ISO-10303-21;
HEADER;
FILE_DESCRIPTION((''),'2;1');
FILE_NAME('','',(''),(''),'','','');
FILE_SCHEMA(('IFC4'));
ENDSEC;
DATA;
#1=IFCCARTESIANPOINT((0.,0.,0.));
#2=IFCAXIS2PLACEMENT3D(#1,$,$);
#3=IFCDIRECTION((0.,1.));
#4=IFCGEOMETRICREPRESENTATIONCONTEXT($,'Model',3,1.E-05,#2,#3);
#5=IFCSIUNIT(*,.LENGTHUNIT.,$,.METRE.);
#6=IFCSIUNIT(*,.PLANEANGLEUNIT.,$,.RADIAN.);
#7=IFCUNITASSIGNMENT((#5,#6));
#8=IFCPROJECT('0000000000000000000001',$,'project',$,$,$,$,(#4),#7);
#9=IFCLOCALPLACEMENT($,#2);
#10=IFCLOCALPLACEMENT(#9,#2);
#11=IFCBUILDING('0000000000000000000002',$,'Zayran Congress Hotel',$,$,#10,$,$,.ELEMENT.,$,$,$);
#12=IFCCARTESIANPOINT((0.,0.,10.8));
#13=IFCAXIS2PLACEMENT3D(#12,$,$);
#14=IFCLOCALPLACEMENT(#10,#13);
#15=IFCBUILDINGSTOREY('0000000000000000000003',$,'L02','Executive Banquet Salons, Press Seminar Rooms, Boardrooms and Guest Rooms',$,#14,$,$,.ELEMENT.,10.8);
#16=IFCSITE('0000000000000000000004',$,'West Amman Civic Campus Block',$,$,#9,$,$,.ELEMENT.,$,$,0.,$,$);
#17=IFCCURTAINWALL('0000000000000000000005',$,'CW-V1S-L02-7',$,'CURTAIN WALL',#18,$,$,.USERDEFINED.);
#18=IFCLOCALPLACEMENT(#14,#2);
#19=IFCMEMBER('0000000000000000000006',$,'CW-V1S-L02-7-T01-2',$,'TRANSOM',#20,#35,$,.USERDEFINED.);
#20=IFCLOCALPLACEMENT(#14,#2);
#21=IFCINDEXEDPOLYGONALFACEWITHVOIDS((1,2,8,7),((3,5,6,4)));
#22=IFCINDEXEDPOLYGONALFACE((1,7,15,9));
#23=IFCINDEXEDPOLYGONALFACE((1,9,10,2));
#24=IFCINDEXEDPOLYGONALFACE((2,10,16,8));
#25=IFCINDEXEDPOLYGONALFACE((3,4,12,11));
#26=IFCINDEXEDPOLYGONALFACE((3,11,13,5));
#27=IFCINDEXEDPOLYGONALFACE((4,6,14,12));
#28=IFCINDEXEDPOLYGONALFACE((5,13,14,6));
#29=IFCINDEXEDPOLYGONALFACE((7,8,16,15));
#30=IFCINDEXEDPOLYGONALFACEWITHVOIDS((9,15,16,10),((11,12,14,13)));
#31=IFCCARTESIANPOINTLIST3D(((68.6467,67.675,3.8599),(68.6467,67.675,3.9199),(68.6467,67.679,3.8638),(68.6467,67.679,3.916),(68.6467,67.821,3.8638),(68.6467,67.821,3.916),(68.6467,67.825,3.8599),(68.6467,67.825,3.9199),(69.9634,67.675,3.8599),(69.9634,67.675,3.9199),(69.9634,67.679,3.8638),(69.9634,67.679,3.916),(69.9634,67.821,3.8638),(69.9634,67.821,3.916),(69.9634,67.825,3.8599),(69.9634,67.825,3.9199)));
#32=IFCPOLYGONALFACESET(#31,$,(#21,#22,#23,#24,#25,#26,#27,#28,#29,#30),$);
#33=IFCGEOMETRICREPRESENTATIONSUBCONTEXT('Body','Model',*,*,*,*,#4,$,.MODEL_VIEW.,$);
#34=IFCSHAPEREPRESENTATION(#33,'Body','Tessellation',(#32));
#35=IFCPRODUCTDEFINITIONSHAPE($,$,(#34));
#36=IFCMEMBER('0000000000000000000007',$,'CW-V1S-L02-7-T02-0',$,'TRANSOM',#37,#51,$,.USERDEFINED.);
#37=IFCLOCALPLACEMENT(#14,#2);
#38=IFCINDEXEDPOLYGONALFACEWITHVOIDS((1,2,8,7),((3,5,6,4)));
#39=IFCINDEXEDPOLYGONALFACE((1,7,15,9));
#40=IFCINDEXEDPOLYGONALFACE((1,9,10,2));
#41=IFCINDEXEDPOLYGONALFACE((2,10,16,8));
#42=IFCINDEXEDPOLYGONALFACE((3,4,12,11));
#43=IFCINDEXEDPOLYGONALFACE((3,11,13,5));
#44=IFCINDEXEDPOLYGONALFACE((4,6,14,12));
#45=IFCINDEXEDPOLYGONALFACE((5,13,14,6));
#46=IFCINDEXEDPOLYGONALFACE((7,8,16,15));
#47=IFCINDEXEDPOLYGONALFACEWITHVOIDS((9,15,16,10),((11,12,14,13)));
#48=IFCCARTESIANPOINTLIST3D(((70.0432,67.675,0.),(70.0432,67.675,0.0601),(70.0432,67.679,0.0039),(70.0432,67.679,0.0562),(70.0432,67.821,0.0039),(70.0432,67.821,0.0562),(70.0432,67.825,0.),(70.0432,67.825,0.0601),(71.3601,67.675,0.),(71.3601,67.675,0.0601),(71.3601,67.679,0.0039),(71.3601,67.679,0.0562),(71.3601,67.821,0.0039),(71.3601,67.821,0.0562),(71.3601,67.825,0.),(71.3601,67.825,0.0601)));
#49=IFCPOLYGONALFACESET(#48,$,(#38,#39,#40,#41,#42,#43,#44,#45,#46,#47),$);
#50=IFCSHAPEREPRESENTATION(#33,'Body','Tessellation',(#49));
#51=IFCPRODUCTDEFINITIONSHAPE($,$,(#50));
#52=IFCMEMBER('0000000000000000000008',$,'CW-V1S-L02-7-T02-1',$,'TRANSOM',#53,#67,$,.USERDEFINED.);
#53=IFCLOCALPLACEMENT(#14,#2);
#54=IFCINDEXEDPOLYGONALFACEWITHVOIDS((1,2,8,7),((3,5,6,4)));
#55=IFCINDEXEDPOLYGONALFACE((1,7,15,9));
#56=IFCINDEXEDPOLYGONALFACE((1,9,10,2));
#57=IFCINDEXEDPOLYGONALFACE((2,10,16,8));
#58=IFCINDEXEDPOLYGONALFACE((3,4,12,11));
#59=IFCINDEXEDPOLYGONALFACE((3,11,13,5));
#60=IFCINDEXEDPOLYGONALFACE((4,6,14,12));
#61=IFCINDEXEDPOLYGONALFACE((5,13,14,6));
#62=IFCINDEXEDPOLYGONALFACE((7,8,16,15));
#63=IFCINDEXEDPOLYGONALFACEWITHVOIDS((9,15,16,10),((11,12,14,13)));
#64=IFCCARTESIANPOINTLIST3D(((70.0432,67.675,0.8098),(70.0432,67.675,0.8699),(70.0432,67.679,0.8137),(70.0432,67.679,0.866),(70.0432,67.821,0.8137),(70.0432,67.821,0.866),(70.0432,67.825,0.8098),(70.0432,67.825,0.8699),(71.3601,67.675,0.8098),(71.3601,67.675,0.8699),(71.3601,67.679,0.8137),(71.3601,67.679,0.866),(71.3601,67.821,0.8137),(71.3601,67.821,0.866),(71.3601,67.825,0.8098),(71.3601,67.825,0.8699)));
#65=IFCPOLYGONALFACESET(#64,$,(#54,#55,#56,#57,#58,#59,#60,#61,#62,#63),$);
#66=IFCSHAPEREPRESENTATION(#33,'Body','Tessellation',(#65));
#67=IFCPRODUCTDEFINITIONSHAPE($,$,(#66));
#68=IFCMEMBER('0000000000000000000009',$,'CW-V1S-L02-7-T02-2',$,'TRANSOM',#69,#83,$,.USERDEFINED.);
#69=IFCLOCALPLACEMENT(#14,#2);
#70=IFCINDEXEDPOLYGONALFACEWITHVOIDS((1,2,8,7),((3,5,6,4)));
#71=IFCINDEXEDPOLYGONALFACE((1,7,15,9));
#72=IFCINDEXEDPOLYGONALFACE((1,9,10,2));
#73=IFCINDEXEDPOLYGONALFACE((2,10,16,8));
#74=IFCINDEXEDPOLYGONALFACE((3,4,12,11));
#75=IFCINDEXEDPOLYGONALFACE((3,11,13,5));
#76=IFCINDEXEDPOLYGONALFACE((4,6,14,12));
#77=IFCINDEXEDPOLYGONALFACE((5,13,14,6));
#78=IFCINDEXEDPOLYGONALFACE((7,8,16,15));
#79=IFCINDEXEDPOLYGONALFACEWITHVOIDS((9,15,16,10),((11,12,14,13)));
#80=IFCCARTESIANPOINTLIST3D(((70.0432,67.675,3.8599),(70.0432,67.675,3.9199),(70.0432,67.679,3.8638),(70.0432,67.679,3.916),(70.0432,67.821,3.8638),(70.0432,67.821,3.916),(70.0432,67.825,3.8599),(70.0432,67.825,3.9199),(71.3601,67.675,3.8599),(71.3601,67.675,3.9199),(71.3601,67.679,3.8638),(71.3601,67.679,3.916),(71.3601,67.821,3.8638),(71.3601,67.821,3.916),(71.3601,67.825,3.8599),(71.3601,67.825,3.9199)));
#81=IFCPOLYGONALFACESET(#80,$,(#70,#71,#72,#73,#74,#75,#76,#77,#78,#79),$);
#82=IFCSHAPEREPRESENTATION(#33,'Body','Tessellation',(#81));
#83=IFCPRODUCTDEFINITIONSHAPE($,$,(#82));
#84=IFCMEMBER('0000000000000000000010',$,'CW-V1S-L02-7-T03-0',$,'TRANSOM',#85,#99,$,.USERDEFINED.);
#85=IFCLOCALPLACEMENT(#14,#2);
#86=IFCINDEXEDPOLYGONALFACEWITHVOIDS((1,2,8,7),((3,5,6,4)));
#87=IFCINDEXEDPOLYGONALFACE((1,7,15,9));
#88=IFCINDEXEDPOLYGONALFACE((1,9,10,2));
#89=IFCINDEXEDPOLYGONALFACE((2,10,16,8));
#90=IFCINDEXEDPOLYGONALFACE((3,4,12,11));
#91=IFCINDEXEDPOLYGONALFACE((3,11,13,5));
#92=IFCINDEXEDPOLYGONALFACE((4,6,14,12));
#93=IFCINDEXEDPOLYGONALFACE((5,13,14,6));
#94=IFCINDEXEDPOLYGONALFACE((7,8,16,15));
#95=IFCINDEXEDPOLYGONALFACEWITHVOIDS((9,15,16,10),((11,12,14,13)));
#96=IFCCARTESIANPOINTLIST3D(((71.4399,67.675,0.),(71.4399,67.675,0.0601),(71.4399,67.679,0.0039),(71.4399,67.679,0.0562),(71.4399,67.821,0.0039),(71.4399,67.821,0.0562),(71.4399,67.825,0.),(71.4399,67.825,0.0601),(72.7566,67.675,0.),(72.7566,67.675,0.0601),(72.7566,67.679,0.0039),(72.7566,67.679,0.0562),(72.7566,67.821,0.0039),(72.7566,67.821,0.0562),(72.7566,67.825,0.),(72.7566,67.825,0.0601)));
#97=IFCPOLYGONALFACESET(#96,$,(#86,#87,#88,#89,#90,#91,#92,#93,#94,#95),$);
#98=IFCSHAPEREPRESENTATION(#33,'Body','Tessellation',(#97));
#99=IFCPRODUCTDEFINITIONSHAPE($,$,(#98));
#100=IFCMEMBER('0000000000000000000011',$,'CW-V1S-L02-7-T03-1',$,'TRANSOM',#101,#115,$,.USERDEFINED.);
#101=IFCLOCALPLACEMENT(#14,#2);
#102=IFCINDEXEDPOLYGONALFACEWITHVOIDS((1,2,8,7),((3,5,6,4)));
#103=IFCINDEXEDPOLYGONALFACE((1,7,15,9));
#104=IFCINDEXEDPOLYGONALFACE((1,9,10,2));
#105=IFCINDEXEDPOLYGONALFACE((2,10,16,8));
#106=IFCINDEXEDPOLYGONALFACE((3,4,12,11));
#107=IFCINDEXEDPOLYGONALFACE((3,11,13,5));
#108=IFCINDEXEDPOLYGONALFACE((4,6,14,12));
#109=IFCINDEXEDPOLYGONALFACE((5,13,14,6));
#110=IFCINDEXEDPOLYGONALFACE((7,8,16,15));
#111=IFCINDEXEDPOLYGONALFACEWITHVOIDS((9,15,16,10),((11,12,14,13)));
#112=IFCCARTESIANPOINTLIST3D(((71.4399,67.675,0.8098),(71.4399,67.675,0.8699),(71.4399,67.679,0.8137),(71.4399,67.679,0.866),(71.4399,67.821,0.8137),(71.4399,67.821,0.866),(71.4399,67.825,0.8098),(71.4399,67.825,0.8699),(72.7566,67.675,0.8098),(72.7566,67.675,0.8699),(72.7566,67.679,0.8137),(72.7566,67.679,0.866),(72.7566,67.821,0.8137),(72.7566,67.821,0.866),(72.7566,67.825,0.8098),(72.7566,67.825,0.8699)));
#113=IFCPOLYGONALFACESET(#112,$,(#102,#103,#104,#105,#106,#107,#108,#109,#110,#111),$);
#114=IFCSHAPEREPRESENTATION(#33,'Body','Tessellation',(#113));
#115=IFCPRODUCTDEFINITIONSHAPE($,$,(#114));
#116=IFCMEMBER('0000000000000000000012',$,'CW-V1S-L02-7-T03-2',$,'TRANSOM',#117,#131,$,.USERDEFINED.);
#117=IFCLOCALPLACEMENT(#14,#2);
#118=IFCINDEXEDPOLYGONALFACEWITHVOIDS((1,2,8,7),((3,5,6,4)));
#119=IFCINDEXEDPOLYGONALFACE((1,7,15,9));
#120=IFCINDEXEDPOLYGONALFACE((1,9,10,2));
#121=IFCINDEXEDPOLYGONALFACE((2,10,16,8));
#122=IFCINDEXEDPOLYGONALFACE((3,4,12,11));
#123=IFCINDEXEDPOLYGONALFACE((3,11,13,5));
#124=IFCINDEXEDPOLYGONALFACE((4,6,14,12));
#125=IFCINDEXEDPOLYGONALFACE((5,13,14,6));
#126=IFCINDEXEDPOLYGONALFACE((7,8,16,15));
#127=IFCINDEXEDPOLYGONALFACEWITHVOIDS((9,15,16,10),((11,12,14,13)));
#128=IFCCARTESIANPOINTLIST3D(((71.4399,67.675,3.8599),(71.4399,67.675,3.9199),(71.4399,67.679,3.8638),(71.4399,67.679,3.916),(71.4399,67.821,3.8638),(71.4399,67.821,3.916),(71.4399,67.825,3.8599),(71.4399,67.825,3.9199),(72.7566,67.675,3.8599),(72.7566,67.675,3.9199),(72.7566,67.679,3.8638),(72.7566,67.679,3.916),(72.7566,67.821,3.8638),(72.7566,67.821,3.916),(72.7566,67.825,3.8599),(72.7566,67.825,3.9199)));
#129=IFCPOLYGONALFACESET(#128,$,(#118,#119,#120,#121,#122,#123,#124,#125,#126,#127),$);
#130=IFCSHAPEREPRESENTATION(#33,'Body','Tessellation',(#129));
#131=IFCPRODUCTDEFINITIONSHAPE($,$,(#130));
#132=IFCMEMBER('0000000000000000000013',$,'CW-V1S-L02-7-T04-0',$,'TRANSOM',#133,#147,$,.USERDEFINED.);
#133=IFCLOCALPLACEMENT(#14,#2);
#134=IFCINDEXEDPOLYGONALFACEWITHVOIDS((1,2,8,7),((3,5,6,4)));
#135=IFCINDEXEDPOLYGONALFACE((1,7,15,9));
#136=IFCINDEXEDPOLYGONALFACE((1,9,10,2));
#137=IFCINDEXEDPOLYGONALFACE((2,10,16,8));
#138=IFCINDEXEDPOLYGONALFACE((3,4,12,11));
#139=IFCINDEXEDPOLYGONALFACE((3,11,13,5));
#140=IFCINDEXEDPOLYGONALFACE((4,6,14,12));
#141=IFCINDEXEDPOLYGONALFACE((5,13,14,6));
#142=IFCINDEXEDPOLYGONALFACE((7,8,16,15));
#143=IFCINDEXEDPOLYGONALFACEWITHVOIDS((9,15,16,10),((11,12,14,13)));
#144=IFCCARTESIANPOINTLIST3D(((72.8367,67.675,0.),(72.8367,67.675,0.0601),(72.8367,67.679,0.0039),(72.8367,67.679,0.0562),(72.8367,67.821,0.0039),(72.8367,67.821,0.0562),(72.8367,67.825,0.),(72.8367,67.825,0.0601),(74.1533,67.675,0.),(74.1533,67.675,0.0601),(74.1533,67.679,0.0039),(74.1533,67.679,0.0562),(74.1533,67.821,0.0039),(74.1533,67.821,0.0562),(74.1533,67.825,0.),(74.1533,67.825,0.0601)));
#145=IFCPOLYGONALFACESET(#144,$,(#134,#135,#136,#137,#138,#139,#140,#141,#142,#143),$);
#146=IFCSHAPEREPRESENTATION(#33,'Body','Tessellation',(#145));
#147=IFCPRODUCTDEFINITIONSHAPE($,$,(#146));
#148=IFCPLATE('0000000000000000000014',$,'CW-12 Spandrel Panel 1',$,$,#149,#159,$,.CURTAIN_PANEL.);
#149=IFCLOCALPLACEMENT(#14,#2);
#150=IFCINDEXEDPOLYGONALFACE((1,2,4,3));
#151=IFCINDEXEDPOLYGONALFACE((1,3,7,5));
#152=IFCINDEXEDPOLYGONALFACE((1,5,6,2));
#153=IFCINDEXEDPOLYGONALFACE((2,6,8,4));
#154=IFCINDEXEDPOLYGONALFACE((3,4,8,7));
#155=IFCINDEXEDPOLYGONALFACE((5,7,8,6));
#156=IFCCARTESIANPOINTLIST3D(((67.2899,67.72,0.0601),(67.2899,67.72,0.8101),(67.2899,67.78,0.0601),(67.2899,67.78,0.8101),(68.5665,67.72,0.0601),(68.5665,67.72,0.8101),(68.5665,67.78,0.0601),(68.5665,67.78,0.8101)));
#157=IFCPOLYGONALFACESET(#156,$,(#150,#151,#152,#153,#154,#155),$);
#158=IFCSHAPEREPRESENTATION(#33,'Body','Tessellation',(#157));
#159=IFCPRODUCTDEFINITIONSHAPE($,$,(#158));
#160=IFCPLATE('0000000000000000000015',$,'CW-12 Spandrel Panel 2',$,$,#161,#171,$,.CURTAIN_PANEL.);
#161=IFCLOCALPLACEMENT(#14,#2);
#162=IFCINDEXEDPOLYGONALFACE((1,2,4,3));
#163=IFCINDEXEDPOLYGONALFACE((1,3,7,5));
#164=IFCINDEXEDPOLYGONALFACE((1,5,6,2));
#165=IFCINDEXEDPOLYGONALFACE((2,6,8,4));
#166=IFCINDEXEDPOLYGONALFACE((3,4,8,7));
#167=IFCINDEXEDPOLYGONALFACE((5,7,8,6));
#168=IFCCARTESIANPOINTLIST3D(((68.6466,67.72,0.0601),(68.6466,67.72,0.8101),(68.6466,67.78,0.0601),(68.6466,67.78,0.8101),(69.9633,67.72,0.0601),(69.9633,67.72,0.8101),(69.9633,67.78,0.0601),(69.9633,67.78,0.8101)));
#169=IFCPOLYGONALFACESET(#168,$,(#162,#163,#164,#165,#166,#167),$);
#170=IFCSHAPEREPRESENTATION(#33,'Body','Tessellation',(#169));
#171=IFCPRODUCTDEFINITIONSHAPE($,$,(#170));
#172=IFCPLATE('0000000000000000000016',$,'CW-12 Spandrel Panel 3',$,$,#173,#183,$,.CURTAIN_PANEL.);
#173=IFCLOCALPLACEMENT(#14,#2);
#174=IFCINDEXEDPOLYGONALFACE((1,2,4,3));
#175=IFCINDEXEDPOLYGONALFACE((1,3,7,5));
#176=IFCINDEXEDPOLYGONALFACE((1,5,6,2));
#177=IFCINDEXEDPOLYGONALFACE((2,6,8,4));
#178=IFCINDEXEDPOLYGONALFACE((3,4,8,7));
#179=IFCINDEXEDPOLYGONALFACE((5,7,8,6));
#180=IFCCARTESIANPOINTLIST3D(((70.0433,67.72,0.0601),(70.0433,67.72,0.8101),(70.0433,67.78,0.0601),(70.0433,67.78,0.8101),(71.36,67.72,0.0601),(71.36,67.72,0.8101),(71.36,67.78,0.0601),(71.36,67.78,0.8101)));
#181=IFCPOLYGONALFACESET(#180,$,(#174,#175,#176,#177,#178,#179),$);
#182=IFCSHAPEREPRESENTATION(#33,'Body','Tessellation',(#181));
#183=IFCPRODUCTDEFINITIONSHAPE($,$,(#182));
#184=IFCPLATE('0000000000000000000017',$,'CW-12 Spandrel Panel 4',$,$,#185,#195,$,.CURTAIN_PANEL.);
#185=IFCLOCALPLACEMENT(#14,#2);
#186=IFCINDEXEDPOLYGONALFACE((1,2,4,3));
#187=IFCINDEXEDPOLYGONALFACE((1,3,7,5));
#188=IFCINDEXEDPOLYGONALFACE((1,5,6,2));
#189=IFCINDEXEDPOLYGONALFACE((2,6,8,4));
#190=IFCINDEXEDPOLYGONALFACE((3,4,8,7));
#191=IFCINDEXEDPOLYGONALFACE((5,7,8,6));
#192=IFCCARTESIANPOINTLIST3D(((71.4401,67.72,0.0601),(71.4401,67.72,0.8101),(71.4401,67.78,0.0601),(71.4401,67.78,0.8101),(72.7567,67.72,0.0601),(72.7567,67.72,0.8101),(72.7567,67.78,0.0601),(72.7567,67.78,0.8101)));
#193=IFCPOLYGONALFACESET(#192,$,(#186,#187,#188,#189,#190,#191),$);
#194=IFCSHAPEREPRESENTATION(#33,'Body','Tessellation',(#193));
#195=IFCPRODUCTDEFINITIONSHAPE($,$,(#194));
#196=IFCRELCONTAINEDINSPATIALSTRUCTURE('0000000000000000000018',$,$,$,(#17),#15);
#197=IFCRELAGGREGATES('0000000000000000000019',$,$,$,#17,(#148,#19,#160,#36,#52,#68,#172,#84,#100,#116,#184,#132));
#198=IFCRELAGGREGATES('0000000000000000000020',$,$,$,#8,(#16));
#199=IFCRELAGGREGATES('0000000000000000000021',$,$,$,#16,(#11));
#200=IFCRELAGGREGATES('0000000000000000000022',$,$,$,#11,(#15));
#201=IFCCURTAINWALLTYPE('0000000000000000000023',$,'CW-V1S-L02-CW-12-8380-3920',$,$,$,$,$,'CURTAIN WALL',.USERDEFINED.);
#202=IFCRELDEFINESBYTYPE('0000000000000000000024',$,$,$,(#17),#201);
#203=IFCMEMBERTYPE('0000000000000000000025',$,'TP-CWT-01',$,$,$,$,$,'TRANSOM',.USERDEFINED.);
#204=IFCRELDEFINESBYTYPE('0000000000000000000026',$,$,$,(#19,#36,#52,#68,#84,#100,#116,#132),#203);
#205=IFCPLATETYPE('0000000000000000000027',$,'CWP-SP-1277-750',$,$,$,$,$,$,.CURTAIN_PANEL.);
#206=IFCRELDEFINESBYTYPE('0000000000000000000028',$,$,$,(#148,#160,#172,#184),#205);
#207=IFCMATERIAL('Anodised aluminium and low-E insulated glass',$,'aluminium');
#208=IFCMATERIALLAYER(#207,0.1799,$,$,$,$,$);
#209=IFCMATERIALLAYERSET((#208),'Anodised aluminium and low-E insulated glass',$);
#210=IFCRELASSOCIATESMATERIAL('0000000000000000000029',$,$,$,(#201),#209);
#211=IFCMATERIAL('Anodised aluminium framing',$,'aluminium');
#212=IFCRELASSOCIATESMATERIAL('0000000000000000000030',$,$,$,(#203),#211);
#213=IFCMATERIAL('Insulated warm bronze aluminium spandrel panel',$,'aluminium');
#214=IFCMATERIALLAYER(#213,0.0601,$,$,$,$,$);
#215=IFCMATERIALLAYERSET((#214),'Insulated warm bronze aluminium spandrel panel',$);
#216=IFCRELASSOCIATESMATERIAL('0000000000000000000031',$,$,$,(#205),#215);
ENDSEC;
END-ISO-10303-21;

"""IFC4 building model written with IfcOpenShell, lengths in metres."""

from ifc_helpers import new_model, si_unit, direction, frame, origin, origin_2d, place, context, subcontext, project, spatial, rectangle, hollow_rectangle, extrude, material, layer, layer_set, material_profile, profile_set, type_object, element, aggregate, save


model = new_model("IFC4")

# Units and contexts
model_context = context("Model", 3, precision=1e-05, world=origin(), true_north=direction((0.0, 1.0)))
body_context = subcontext(model_context, "Body", "Model", "MODEL_VIEW")
ifc_project = project(units=[si_unit("LENGTHUNIT", "METRE"), si_unit("PLANEANGLEUNIT", "RADIAN")], contexts=[model_context])

# Site, building, storey
site_placement = place(None, origin())
site = spatial("IfcSite", under=ifc_project, at=site_placement, Name="West Amman Civic Campus Block", CompositionType="ELEMENT", RefElevation=0.0)
building_placement = place(site_placement, origin())
building = spatial("IfcBuilding", under=site, at=building_placement, Name="Zayran Congress Hotel", CompositionType="ELEMENT")
storey_placement = place(building_placement, frame((0.0, 0.0, 10.8)))
storey = spatial("IfcBuildingStorey", under=building, at=storey_placement, Name="L02", Description="Executive Banquet Salons, Press Seminar Rooms, Boardrooms and Guest Rooms", CompositionType="ELEMENT", Elevation=10.8)

# Curtain wall, members, plates
ifc_material_1 = material(Name="Anodised aluminium and low-E insulated glass", Category="aluminium")
ifc_layer_1 = layer(ifc_material_1, 0.1799)
ifc_layer_set_1 = layer_set([ifc_layer_1], Name="Anodised aluminium and low-E insulated glass")
curtain_wall_type = type_object("IfcCurtainWallType", Name="CW-V1S-L02-CW-12-8380-3920", ElementType="CURTAIN WALL", PredefinedType="USERDEFINED", material=ifc_layer_set_1)
curtain_wall_placement = place(storey_placement, origin())
curtain_wall = element("IfcCurtainWall", 1, at=curtain_wall_placement, inside=storey, type_object=curtain_wall_type, Name="CW-V1S-L02-7", ObjectType="CURTAIN WALL", PredefinedType="USERDEFINED")
ifc_material_2 = material(Name="Anodised aluminium framing", Category="aluminium")
ifc_material_profile_1 = material_profile(ifc_material_2, hollow_rectangle(XDim=0.0601, YDim=0.1499, WallThickness=0.0039, at=origin_2d()), Name="RHS 150x60x4")
ifc_profile_set_1 = profile_set([ifc_material_profile_1], Name="Anodised aluminium framing")
member_type_1 = type_object("IfcMemberType", Name="TP-CWT-01", ElementType="TRANSOM", PredefinedType="USERDEFINED", material=ifc_profile_set_1)
member_1_placement = place(storey_placement, frame((68.6467, 67.75, 3.8899), z_axis=(1.0, 0.0, 0.0), x_axis=(0.0, 0.0, 1.0)))
member_1 = element("IfcMember", 2, at=member_1_placement, type_object=member_type_1, Name="CW-V1S-L02-7-T01-2", ObjectType="TRANSOM", PredefinedType="USERDEFINED", context=body_context, shape_type="SweptSolid", body=[
    extrude(hollow_rectangle(XDim=0.0601, YDim=0.1499, WallThickness=0.0039, at=origin_2d()), origin(), (0.0, 0.0, 1.0), 1.3167),
])
member_2_placement = place(storey_placement, frame((70.0432, 67.75, 0.03), z_axis=(1.0, 0.0, 0.0), x_axis=(0.0, 0.0, 1.0)))
member_2 = element("IfcMember", 3, at=member_2_placement, type_object=member_type_1, Name="CW-V1S-L02-7-T02-0", ObjectType="TRANSOM", PredefinedType="USERDEFINED", context=body_context, shape_type="SweptSolid", body=[
    extrude(hollow_rectangle(XDim=0.0601, YDim=0.1499, WallThickness=0.0039, at=origin_2d()), origin(), (0.0, 0.0, 1.0), 1.3169),
])
member_3_placement = place(storey_placement, frame((70.0432, 67.75, 0.8398), z_axis=(1.0, 0.0, 0.0), x_axis=(0.0, 0.0, 1.0)))
member_3 = element("IfcMember", 4, at=member_3_placement, type_object=member_type_1, Name="CW-V1S-L02-7-T02-1", ObjectType="TRANSOM", PredefinedType="USERDEFINED", context=body_context, shape_type="SweptSolid", body=[
    extrude(hollow_rectangle(XDim=0.0601, YDim=0.1499, WallThickness=0.0039, at=origin_2d()), origin(), (0.0, 0.0, 1.0), 1.3169),
])
member_4_placement = place(storey_placement, frame((70.0432, 67.75, 3.8899), z_axis=(1.0, 0.0, 0.0), x_axis=(0.0, 0.0, 1.0)))
member_4 = element("IfcMember", 5, at=member_4_placement, type_object=member_type_1, Name="CW-V1S-L02-7-T02-2", ObjectType="TRANSOM", PredefinedType="USERDEFINED", context=body_context, shape_type="SweptSolid", body=[
    extrude(hollow_rectangle(XDim=0.0601, YDim=0.1499, WallThickness=0.0039, at=origin_2d()), origin(), (0.0, 0.0, 1.0), 1.3169),
])
member_5_placement = place(storey_placement, frame((71.4399, 67.75, 0.03), z_axis=(1.0, 0.0, 0.0), x_axis=(0.0, 0.0, 1.0)))
member_5 = element("IfcMember", 6, at=member_5_placement, type_object=member_type_1, Name="CW-V1S-L02-7-T03-0", ObjectType="TRANSOM", PredefinedType="USERDEFINED", context=body_context, shape_type="SweptSolid", body=[
    extrude(hollow_rectangle(XDim=0.0601, YDim=0.1499, WallThickness=0.0039, at=origin_2d()), origin(), (0.0, 0.0, 1.0), 1.3167),
])
member_6_placement = place(storey_placement, frame((71.4399, 67.75, 0.8398), z_axis=(1.0, 0.0, 0.0), x_axis=(0.0, 0.0, 1.0)))
member_6 = element("IfcMember", 7, at=member_6_placement, type_object=member_type_1, Name="CW-V1S-L02-7-T03-1", ObjectType="TRANSOM", PredefinedType="USERDEFINED", context=body_context, shape_type="SweptSolid", body=[
    extrude(hollow_rectangle(XDim=0.0601, YDim=0.1499, WallThickness=0.0039, at=origin_2d()), origin(), (0.0, 0.0, 1.0), 1.3167),
])
member_7_placement = place(storey_placement, frame((71.4399, 67.75, 3.8899), z_axis=(1.0, 0.0, 0.0), x_axis=(0.0, 0.0, 1.0)))
member_7 = element("IfcMember", 8, at=member_7_placement, type_object=member_type_1, Name="CW-V1S-L02-7-T03-2", ObjectType="TRANSOM", PredefinedType="USERDEFINED", context=body_context, shape_type="SweptSolid", body=[
    extrude(hollow_rectangle(XDim=0.0601, YDim=0.1499, WallThickness=0.0039, at=origin_2d()), origin(), (0.0, 0.0, 1.0), 1.3167),
])
member_8_placement = place(storey_placement, frame((72.8367, 67.75, 0.03), z_axis=(1.0, 0.0, 0.0), x_axis=(0.0, 0.0, 1.0)))
member_8 = element("IfcMember", 9, at=member_8_placement, type_object=member_type_1, Name="CW-V1S-L02-7-T04-0", ObjectType="TRANSOM", PredefinedType="USERDEFINED", context=body_context, shape_type="SweptSolid", body=[
    extrude(hollow_rectangle(XDim=0.0601, YDim=0.1499, WallThickness=0.0039, at=origin_2d()), origin(), (0.0, 0.0, 1.0), 1.3167),
])
ifc_material_3 = material(Name="Insulated warm bronze aluminium spandrel panel", Category="aluminium")
ifc_layer_2 = layer(ifc_material_3, 0.0601)
ifc_layer_set_2 = layer_set([ifc_layer_2], Name="Insulated warm bronze aluminium spandrel panel")
plate_type_1 = type_object("IfcPlateType", Name="CWP-SP-1277-750", PredefinedType="CURTAIN_PANEL", material=ifc_layer_set_2)
plate_1_placement = place(storey_placement, frame((67.9282, 67.75, 0.0601), z_axis=(0.0, 0.0, 1.0), x_axis=(1.0, 0.0, 0.0)))
plate_1 = element("IfcPlate", 10, at=plate_1_placement, type_object=plate_type_1, Name="CW-12 Spandrel Panel 1", PredefinedType="CURTAIN_PANEL", context=body_context, shape_type="SweptSolid", body=[
    extrude(rectangle(XDim=1.2766, YDim=0.0601, at=origin_2d()), origin(), (0.0, 0.0, 1.0), 0.75),
])
plate_2_placement = place(storey_placement, frame((69.3049, 67.75, 0.0601), z_axis=(0.0, 0.0, 1.0), x_axis=(1.0, 0.0, 0.0)))
plate_2 = element("IfcPlate", 11, at=plate_2_placement, type_object=plate_type_1, Name="CW-12 Spandrel Panel 2", PredefinedType="CURTAIN_PANEL", context=body_context, shape_type="SweptSolid", body=[
    extrude(rectangle(XDim=1.3167, YDim=0.0601, at=origin_2d()), origin(), (0.0, 0.0, 1.0), 0.75),
])
plate_3_placement = place(storey_placement, frame((70.7017, 67.75, 0.0601), z_axis=(0.0, 0.0, 1.0), x_axis=(1.0, 0.0, 0.0)))
plate_3 = element("IfcPlate", 12, at=plate_3_placement, type_object=plate_type_1, Name="CW-12 Spandrel Panel 3", PredefinedType="CURTAIN_PANEL", context=body_context, shape_type="SweptSolid", body=[
    extrude(rectangle(XDim=1.3167, YDim=0.0601, at=origin_2d()), origin(), (0.0, 0.0, 1.0), 0.75),
])
plate_4_placement = place(storey_placement, frame((72.0984, 67.75, 0.0601), z_axis=(0.0, 0.0, 1.0), x_axis=(1.0, 0.0, 0.0)))
plate_4 = element("IfcPlate", 13, at=plate_4_placement, type_object=plate_type_1, Name="CW-12 Spandrel Panel 4", PredefinedType="CURTAIN_PANEL", context=body_context, shape_type="SweptSolid", body=[
    extrude(rectangle(XDim=1.3167, YDim=0.0601, at=origin_2d()), origin(), (0.0, 0.0, 1.0), 0.75),
])
aggregate(curtain_wall, [plate_1, member_1, plate_2, member_2, member_3, member_4, plate_3, member_5, member_6, member_7, plate_4, member_8])

save(model, "model.ifc")
